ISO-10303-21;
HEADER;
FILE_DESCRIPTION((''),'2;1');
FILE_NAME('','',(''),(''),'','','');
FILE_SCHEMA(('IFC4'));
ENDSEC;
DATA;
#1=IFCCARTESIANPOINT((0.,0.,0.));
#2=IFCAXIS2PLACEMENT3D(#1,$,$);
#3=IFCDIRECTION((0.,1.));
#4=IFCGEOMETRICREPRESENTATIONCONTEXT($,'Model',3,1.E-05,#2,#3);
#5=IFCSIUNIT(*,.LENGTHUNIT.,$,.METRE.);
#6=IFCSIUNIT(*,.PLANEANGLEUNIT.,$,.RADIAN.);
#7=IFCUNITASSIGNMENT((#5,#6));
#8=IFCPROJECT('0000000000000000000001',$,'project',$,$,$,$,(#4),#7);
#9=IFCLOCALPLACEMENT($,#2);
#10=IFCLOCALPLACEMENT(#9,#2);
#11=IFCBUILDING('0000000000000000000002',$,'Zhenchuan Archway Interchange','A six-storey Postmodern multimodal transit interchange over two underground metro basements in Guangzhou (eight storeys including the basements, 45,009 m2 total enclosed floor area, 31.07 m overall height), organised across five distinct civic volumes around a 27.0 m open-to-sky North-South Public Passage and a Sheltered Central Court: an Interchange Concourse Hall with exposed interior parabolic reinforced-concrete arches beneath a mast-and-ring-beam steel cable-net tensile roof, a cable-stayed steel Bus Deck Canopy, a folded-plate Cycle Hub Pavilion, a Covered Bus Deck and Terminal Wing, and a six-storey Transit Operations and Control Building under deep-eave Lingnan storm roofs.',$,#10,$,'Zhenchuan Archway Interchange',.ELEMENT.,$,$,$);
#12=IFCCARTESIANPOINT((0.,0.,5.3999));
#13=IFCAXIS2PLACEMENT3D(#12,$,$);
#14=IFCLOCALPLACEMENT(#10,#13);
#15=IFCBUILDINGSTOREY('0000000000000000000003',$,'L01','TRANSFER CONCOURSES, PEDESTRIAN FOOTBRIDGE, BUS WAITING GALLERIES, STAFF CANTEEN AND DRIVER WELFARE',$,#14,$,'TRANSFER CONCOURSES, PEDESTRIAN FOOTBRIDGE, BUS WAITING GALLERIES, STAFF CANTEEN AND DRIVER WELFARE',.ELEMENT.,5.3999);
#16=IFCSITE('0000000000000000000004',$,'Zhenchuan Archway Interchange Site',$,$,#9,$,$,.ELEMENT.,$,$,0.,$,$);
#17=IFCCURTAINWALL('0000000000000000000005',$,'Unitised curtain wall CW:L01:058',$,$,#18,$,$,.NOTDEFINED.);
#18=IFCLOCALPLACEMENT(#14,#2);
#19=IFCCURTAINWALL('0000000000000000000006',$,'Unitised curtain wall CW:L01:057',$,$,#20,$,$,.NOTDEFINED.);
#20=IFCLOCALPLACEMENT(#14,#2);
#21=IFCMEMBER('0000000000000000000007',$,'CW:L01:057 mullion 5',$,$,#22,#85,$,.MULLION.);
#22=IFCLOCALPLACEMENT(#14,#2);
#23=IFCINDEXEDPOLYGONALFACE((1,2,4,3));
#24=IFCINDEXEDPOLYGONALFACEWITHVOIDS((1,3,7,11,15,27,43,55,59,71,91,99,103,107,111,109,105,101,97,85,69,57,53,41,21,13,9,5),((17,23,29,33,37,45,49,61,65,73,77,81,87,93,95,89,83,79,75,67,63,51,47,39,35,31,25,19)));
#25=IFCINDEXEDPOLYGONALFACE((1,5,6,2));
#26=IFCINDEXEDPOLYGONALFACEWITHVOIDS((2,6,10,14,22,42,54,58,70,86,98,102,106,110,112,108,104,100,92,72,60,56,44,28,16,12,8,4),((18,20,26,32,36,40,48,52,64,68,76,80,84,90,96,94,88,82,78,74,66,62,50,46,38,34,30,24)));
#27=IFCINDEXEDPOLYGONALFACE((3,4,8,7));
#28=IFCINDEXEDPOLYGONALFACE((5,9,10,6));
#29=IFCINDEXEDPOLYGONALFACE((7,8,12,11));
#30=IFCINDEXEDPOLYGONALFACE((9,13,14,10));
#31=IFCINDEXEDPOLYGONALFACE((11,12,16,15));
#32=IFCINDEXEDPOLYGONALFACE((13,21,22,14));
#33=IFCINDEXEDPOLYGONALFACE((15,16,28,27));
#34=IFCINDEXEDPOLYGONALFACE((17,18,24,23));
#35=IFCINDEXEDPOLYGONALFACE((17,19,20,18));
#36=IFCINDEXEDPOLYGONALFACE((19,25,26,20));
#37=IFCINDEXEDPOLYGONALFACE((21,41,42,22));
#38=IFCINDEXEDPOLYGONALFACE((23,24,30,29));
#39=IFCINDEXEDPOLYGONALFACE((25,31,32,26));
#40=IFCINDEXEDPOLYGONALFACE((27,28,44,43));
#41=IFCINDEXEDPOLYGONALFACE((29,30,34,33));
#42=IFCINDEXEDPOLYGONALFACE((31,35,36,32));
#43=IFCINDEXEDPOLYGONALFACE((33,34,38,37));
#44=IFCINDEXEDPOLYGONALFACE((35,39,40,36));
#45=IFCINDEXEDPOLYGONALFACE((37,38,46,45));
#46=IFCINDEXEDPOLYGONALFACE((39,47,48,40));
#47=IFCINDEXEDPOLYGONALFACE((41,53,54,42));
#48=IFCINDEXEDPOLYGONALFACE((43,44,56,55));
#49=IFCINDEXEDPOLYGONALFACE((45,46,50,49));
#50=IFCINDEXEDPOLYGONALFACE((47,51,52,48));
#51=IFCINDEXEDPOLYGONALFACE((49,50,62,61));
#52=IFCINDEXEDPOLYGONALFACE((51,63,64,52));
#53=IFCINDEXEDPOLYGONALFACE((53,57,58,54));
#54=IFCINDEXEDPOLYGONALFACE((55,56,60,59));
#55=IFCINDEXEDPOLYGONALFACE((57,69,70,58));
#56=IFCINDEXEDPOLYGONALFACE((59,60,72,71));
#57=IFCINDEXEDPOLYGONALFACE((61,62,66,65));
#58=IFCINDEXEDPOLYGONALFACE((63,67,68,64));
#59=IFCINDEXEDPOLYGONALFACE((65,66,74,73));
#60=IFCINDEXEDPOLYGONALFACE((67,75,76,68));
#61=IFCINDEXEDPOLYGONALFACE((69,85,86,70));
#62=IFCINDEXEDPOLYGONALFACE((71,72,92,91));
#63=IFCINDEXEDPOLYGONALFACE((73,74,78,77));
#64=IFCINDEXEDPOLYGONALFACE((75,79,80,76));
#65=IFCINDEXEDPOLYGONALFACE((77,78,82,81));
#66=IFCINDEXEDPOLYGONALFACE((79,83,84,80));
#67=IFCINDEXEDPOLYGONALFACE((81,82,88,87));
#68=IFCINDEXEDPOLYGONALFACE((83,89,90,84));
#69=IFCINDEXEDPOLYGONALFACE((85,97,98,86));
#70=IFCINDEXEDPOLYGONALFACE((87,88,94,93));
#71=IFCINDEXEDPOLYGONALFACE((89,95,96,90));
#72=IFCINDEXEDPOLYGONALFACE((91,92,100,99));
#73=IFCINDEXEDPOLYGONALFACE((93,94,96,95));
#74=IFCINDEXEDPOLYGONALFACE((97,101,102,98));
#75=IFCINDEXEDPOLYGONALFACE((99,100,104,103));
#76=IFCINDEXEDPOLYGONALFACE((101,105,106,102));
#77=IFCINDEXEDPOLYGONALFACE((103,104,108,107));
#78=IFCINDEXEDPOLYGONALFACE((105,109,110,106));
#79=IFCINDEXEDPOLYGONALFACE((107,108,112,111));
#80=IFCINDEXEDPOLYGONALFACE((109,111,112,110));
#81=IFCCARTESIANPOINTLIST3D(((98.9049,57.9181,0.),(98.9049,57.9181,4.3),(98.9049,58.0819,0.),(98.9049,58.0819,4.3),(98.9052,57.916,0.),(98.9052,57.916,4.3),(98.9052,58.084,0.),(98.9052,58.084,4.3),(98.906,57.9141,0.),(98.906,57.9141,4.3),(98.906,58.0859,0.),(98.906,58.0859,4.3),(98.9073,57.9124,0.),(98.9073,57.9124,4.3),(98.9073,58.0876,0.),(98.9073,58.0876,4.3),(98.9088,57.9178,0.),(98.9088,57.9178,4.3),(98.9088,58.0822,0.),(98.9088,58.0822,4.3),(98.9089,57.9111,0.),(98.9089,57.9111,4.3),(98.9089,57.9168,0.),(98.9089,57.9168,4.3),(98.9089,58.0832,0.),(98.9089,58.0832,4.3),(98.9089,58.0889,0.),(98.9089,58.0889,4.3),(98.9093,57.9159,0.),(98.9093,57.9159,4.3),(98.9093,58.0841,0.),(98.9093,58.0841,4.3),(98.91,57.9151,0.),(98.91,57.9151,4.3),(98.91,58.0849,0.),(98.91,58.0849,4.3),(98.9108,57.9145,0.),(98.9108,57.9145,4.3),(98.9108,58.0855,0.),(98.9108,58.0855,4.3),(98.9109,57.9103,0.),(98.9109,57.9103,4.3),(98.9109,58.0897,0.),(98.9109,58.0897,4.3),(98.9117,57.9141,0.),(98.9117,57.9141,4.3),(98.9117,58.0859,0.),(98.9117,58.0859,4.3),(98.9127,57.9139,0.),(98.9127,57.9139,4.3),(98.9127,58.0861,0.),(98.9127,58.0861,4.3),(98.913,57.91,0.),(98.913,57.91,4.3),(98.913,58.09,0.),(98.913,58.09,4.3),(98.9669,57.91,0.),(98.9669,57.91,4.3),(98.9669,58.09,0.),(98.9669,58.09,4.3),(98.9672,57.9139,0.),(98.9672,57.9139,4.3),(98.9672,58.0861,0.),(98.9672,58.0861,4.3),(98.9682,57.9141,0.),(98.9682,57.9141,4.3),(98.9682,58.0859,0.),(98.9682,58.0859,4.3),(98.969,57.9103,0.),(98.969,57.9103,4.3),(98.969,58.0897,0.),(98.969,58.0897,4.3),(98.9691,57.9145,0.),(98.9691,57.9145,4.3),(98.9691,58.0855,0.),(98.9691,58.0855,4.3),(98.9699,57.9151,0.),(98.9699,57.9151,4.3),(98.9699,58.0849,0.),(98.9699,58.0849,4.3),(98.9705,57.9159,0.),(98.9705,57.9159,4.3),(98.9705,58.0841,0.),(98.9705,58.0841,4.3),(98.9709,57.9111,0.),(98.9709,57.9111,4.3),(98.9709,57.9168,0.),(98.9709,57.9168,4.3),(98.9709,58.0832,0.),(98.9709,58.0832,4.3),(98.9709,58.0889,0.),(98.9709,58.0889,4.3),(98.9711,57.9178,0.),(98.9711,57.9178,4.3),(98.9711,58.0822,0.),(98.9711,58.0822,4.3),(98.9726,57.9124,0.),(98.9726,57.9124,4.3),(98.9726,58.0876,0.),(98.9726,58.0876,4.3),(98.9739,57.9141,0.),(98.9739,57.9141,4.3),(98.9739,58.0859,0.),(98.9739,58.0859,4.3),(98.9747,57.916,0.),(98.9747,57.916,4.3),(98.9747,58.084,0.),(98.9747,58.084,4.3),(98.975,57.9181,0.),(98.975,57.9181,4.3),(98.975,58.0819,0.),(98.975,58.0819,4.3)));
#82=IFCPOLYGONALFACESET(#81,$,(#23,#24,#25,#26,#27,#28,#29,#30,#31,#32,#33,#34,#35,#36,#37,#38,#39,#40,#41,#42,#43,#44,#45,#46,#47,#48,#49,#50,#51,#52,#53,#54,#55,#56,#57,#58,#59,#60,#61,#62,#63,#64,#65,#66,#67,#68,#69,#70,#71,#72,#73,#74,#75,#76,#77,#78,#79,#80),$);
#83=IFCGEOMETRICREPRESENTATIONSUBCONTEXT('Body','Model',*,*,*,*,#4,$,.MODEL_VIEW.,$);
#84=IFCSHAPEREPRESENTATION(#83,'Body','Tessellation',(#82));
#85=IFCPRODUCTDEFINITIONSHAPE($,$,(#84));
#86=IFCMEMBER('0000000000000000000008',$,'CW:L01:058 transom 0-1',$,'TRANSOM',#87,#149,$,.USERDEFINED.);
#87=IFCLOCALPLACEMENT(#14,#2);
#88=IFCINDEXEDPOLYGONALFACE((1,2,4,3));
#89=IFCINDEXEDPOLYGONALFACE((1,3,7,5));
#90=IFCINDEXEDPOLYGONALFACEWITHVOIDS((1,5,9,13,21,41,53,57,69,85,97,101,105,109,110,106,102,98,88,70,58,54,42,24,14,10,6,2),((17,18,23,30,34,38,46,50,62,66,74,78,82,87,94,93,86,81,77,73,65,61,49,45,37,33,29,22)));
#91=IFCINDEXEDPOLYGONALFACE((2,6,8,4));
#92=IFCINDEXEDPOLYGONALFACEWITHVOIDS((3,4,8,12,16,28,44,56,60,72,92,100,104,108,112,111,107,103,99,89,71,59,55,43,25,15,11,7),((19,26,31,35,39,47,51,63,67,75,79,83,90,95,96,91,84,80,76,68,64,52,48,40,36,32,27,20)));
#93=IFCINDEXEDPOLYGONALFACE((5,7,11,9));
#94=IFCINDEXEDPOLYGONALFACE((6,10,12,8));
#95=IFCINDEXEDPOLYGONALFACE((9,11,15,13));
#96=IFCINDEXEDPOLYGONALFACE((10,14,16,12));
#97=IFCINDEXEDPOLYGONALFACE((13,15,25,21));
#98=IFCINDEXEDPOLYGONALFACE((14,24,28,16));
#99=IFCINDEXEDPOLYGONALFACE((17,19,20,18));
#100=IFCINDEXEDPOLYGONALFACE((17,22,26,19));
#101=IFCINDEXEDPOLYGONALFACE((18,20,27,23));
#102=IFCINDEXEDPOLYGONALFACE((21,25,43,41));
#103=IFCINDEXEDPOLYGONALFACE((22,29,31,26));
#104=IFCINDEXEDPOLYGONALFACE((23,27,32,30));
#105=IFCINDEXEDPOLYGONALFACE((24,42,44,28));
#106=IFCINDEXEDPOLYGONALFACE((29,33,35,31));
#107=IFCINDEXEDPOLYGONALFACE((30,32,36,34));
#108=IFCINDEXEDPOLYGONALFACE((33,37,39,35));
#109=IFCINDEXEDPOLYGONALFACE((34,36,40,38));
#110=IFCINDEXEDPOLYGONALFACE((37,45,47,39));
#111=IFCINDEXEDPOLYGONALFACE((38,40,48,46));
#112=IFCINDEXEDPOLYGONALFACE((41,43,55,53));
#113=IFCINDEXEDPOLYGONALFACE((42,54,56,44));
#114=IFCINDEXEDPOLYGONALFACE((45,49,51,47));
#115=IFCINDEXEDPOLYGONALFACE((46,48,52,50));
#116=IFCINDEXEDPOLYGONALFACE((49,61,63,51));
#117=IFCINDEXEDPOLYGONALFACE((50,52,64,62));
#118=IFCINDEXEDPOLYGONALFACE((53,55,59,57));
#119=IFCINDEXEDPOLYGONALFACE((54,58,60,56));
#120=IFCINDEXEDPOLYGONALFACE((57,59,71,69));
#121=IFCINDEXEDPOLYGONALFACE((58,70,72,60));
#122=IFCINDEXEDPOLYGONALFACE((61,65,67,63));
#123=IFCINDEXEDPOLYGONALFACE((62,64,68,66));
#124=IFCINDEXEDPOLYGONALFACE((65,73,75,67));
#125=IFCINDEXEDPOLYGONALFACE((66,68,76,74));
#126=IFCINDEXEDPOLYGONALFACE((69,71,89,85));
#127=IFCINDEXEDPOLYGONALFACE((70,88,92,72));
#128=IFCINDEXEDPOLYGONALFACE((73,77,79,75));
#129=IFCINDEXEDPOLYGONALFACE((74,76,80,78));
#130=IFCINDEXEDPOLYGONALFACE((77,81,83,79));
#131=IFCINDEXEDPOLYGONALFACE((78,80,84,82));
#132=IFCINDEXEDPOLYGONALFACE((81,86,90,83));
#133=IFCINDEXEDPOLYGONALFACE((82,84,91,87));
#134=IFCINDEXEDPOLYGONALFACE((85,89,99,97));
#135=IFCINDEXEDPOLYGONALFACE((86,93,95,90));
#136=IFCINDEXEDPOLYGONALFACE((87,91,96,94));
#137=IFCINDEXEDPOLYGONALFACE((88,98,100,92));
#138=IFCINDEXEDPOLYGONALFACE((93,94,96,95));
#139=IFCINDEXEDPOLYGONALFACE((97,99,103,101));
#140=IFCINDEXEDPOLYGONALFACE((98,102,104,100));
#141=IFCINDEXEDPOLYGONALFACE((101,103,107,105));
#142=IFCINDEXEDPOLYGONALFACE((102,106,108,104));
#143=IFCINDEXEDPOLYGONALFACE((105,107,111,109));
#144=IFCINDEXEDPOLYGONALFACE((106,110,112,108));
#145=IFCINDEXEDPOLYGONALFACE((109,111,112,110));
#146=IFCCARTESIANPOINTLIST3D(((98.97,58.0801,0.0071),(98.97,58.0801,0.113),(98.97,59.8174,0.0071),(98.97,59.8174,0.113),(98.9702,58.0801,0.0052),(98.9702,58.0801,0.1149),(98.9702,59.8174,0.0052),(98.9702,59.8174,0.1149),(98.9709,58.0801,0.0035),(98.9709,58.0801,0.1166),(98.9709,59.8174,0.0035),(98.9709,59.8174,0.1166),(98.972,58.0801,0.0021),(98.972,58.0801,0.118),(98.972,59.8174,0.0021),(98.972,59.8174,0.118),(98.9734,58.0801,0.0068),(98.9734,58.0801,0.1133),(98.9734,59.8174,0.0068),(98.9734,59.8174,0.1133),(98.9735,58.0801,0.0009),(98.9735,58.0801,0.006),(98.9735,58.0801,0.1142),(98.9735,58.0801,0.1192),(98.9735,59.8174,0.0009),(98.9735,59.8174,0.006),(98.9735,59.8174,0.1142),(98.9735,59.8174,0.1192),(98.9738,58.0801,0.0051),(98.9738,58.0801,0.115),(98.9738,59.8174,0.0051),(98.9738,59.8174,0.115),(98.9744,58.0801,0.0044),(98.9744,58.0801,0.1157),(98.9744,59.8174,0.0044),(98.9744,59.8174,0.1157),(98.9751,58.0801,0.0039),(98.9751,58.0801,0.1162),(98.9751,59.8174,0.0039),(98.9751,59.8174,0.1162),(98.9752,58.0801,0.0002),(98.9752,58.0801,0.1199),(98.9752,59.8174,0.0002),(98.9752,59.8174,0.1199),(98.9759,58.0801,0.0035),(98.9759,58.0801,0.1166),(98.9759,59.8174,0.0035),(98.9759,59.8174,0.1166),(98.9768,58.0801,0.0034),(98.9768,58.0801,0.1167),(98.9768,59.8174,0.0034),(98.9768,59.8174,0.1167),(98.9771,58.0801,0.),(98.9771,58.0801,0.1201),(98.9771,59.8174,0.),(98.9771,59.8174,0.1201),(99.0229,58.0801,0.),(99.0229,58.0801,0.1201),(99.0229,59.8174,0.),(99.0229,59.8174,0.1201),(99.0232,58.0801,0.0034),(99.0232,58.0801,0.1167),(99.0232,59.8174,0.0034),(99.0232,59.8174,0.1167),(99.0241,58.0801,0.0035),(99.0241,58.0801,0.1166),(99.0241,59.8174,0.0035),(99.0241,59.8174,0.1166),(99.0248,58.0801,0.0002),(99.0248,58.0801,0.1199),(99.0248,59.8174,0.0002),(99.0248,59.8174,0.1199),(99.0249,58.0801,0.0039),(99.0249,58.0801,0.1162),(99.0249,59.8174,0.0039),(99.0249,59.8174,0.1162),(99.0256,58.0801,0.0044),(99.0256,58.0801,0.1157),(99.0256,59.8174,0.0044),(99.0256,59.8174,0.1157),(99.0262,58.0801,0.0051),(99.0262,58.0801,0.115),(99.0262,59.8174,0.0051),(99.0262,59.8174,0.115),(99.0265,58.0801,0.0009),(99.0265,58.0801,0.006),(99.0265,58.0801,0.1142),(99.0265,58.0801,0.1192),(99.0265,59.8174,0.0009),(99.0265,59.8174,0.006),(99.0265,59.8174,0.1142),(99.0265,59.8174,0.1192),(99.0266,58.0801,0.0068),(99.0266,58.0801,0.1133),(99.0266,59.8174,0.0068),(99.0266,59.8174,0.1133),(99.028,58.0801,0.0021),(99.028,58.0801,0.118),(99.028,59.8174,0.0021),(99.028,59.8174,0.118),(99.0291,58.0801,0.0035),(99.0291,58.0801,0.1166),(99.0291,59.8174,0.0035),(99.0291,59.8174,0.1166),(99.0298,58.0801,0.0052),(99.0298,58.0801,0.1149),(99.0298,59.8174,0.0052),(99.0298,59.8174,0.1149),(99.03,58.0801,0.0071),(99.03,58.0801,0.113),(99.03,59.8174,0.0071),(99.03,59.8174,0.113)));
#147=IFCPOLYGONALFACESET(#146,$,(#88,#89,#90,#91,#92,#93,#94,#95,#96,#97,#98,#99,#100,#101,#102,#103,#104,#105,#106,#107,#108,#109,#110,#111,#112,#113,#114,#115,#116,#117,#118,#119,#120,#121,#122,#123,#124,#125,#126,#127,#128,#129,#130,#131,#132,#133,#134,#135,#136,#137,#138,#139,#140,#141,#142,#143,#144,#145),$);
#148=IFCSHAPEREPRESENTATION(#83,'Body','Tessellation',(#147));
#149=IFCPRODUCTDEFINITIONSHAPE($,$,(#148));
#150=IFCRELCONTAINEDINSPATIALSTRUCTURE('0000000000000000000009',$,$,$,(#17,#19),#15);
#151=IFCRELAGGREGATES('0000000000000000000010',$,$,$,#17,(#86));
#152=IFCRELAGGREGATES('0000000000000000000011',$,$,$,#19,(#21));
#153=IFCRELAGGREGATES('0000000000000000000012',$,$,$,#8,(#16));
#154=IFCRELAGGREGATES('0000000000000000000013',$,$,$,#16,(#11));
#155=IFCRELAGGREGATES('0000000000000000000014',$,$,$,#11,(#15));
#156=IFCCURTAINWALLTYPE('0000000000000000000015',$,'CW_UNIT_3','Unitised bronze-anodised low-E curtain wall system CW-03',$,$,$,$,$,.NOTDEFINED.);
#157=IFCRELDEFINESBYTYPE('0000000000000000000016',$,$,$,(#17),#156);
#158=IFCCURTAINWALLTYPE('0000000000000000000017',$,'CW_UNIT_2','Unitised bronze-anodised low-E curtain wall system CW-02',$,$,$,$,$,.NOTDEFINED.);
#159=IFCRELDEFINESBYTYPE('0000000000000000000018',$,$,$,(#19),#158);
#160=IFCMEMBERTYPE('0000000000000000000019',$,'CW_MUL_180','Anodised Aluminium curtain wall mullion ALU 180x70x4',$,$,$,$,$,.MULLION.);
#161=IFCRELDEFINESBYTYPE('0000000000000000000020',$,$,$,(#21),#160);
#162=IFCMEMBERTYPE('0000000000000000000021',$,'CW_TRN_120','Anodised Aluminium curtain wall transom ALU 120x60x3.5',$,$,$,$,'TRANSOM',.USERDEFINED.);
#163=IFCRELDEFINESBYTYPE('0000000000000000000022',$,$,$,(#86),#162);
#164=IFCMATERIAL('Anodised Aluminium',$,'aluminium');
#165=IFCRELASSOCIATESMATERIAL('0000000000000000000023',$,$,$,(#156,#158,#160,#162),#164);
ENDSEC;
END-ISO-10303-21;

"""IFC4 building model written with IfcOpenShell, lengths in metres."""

from ifc_helpers import new_model, si_unit, direction, frame, origin, origin_2d, place, context, subcontext, project, spatial, hollow_rectangle, extrude, material, material_profile, profile_set, type_object, element, aggregate, save


model = new_model("IFC4")

# Units and contexts
model_context = context("Model", 3, precision=1e-05, world=origin(), true_north=direction((0.0, 1.0)))
body_context = subcontext(model_context, "Body", "Model", "MODEL_VIEW")
ifc_project = project(units=[si_unit("LENGTHUNIT", "METRE"), si_unit("PLANEANGLEUNIT", "RADIAN")], contexts=[model_context])

# Site, building, storey
site_placement = place(None, origin())
site = spatial("IfcSite", under=ifc_project, at=site_placement, Name="Zhenchuan Archway Interchange Site", CompositionType="ELEMENT", RefElevation=0.0)
building_placement = place(site_placement, origin())
building = spatial("IfcBuilding", under=site, at=building_placement, Name="Zhenchuan Archway Interchange", Description="A six-storey Postmodern multimodal transit interchange over two underground metro basements in Guangzhou (eight storeys including the basements, 45,009 m2 total enclosed floor area, 31.07 m overall height), organised across five distinct civic volumes around a 27.0 m open-to-sky North-South Public Passage and a Sheltered Central Court: an Interchange Concourse Hall with exposed interior parabolic reinforced-concrete arches beneath a mast-and-ring-beam steel cable-net tensile roof, a cable-stayed steel Bus Deck Canopy, a folded-plate Cycle Hub Pavilion, a Covered Bus Deck and Terminal Wing, and a six-storey Transit Operations and Control Building under deep-eave Lingnan storm roofs.", LongName="Zhenchuan Archway Interchange", CompositionType="ELEMENT")
storey_placement = place(building_placement, frame((0.0, 0.0, 5.3999)))
storey = spatial("IfcBuildingStorey", under=building, at=storey_placement, Name="L01", Description="TRANSFER CONCOURSES, PEDESTRIAN FOOTBRIDGE, BUS WAITING GALLERIES, STAFF CANTEEN AND DRIVER WELFARE", LongName="TRANSFER CONCOURSES, PEDESTRIAN FOOTBRIDGE, BUS WAITING GALLERIES, STAFF CANTEEN AND DRIVER WELFARE", CompositionType="ELEMENT", Elevation=5.3999)

# Curtain wall
ifc_material_1 = material(Name="Anodised Aluminium", Category="aluminium")
curtain_wall_type_1 = type_object("IfcCurtainWallType", Name="CW_UNIT_3", Description="Unitised bronze-anodised low-E curtain wall system CW-03", PredefinedType="NOTDEFINED", material=ifc_material_1)
curtain_wall_1_placement = place(storey_placement, origin())
curtain_wall_1 = element("IfcCurtainWall", 1, at=curtain_wall_1_placement, inside=storey, type_object=curtain_wall_type_1, Name="Unitised curtain wall CW:L01:058", PredefinedType="NOTDEFINED")

# Curtain wall, member
curtain_wall_type_2 = type_object("IfcCurtainWallType", Name="CW_UNIT_2", Description="Unitised bronze-anodised low-E curtain wall system CW-02", PredefinedType="NOTDEFINED", material=ifc_material_1)
curtain_wall_2_placement = place(storey_placement, origin())
curtain_wall_2 = element("IfcCurtainWall", 2, at=curtain_wall_2_placement, inside=storey, type_object=curtain_wall_type_2, Name="Unitised curtain wall CW:L01:057", PredefinedType="NOTDEFINED")
ifc_material_profile_1 = material_profile(ifc_material_1, hollow_rectangle(XDim=0.0701, YDim=0.1799, WallThickness=0.0039, InnerFilletRadius=0.0039, OuterFilletRadius=0.0081, at=origin_2d()), Name="ALU 180x70x4")
ifc_profile_set_1 = profile_set([ifc_material_profile_1], Name="Anodised Aluminium")
member_type_1 = type_object("IfcMemberType", Name="CW_MUL_180", Description="Anodised Aluminium curtain wall mullion ALU 180x70x4", PredefinedType="MULLION", material=ifc_profile_set_1)
member_1_placement = place(storey_placement, frame((98.9399, 58.0, 0.0), z_axis=(0.0, 0.0, 1.0), x_axis=(1.0, 0.0, 0.0)))
member_1 = element("IfcMember", 3, at=member_1_placement, type_object=member_type_1, Name="CW:L01:057 mullion 5", PredefinedType="MULLION", context=body_context, shape_type="SweptSolid", body=[
    extrude(hollow_rectangle(XDim=0.0701, YDim=0.1799, WallThickness=0.0039, InnerFilletRadius=0.0039, OuterFilletRadius=0.0081, at=origin_2d()), origin(), (0.0, 0.0, 1.0), 4.3),
])

# Member
ifc_material_profile_2 = material_profile(ifc_material_1, hollow_rectangle(XDim=0.0601, YDim=0.1201, WallThickness=0.0034, InnerFilletRadius=0.0034, OuterFilletRadius=0.0071, at=origin_2d()), Name="ALU 120x60x3.5")
ifc_profile_set_2 = profile_set([ifc_material_profile_2], Name="Anodised Aluminium")
member_type_2 = type_object("IfcMemberType", Name="CW_TRN_120", Description="Anodised Aluminium curtain wall transom ALU 120x60x3.5", ElementType="TRANSOM", PredefinedType="USERDEFINED", material=ifc_profile_set_2)
member_2_placement = place(storey_placement, frame((99.0, 58.0801, 0.0601), z_axis=(0.0, 1.0, 0.0), x_axis=(-1.0, 0.0, 0.0)))
member_2 = element("IfcMember", 4, at=member_2_placement, type_object=member_type_2, Name="CW:L01:058 transom 0-1", ObjectType="TRANSOM", PredefinedType="USERDEFINED", context=body_context, shape_type="SweptSolid", body=[
    extrude(hollow_rectangle(XDim=0.0601, YDim=0.1201, WallThickness=0.0034, InnerFilletRadius=0.0034, OuterFilletRadius=0.0071, at=origin_2d()), origin(), (0.0, 0.0, 1.0), 1.7373),
])
aggregate(curtain_wall_1, [member_2])

aggregate(curtain_wall_2, [member_1])

save(model, "model.ifc")
